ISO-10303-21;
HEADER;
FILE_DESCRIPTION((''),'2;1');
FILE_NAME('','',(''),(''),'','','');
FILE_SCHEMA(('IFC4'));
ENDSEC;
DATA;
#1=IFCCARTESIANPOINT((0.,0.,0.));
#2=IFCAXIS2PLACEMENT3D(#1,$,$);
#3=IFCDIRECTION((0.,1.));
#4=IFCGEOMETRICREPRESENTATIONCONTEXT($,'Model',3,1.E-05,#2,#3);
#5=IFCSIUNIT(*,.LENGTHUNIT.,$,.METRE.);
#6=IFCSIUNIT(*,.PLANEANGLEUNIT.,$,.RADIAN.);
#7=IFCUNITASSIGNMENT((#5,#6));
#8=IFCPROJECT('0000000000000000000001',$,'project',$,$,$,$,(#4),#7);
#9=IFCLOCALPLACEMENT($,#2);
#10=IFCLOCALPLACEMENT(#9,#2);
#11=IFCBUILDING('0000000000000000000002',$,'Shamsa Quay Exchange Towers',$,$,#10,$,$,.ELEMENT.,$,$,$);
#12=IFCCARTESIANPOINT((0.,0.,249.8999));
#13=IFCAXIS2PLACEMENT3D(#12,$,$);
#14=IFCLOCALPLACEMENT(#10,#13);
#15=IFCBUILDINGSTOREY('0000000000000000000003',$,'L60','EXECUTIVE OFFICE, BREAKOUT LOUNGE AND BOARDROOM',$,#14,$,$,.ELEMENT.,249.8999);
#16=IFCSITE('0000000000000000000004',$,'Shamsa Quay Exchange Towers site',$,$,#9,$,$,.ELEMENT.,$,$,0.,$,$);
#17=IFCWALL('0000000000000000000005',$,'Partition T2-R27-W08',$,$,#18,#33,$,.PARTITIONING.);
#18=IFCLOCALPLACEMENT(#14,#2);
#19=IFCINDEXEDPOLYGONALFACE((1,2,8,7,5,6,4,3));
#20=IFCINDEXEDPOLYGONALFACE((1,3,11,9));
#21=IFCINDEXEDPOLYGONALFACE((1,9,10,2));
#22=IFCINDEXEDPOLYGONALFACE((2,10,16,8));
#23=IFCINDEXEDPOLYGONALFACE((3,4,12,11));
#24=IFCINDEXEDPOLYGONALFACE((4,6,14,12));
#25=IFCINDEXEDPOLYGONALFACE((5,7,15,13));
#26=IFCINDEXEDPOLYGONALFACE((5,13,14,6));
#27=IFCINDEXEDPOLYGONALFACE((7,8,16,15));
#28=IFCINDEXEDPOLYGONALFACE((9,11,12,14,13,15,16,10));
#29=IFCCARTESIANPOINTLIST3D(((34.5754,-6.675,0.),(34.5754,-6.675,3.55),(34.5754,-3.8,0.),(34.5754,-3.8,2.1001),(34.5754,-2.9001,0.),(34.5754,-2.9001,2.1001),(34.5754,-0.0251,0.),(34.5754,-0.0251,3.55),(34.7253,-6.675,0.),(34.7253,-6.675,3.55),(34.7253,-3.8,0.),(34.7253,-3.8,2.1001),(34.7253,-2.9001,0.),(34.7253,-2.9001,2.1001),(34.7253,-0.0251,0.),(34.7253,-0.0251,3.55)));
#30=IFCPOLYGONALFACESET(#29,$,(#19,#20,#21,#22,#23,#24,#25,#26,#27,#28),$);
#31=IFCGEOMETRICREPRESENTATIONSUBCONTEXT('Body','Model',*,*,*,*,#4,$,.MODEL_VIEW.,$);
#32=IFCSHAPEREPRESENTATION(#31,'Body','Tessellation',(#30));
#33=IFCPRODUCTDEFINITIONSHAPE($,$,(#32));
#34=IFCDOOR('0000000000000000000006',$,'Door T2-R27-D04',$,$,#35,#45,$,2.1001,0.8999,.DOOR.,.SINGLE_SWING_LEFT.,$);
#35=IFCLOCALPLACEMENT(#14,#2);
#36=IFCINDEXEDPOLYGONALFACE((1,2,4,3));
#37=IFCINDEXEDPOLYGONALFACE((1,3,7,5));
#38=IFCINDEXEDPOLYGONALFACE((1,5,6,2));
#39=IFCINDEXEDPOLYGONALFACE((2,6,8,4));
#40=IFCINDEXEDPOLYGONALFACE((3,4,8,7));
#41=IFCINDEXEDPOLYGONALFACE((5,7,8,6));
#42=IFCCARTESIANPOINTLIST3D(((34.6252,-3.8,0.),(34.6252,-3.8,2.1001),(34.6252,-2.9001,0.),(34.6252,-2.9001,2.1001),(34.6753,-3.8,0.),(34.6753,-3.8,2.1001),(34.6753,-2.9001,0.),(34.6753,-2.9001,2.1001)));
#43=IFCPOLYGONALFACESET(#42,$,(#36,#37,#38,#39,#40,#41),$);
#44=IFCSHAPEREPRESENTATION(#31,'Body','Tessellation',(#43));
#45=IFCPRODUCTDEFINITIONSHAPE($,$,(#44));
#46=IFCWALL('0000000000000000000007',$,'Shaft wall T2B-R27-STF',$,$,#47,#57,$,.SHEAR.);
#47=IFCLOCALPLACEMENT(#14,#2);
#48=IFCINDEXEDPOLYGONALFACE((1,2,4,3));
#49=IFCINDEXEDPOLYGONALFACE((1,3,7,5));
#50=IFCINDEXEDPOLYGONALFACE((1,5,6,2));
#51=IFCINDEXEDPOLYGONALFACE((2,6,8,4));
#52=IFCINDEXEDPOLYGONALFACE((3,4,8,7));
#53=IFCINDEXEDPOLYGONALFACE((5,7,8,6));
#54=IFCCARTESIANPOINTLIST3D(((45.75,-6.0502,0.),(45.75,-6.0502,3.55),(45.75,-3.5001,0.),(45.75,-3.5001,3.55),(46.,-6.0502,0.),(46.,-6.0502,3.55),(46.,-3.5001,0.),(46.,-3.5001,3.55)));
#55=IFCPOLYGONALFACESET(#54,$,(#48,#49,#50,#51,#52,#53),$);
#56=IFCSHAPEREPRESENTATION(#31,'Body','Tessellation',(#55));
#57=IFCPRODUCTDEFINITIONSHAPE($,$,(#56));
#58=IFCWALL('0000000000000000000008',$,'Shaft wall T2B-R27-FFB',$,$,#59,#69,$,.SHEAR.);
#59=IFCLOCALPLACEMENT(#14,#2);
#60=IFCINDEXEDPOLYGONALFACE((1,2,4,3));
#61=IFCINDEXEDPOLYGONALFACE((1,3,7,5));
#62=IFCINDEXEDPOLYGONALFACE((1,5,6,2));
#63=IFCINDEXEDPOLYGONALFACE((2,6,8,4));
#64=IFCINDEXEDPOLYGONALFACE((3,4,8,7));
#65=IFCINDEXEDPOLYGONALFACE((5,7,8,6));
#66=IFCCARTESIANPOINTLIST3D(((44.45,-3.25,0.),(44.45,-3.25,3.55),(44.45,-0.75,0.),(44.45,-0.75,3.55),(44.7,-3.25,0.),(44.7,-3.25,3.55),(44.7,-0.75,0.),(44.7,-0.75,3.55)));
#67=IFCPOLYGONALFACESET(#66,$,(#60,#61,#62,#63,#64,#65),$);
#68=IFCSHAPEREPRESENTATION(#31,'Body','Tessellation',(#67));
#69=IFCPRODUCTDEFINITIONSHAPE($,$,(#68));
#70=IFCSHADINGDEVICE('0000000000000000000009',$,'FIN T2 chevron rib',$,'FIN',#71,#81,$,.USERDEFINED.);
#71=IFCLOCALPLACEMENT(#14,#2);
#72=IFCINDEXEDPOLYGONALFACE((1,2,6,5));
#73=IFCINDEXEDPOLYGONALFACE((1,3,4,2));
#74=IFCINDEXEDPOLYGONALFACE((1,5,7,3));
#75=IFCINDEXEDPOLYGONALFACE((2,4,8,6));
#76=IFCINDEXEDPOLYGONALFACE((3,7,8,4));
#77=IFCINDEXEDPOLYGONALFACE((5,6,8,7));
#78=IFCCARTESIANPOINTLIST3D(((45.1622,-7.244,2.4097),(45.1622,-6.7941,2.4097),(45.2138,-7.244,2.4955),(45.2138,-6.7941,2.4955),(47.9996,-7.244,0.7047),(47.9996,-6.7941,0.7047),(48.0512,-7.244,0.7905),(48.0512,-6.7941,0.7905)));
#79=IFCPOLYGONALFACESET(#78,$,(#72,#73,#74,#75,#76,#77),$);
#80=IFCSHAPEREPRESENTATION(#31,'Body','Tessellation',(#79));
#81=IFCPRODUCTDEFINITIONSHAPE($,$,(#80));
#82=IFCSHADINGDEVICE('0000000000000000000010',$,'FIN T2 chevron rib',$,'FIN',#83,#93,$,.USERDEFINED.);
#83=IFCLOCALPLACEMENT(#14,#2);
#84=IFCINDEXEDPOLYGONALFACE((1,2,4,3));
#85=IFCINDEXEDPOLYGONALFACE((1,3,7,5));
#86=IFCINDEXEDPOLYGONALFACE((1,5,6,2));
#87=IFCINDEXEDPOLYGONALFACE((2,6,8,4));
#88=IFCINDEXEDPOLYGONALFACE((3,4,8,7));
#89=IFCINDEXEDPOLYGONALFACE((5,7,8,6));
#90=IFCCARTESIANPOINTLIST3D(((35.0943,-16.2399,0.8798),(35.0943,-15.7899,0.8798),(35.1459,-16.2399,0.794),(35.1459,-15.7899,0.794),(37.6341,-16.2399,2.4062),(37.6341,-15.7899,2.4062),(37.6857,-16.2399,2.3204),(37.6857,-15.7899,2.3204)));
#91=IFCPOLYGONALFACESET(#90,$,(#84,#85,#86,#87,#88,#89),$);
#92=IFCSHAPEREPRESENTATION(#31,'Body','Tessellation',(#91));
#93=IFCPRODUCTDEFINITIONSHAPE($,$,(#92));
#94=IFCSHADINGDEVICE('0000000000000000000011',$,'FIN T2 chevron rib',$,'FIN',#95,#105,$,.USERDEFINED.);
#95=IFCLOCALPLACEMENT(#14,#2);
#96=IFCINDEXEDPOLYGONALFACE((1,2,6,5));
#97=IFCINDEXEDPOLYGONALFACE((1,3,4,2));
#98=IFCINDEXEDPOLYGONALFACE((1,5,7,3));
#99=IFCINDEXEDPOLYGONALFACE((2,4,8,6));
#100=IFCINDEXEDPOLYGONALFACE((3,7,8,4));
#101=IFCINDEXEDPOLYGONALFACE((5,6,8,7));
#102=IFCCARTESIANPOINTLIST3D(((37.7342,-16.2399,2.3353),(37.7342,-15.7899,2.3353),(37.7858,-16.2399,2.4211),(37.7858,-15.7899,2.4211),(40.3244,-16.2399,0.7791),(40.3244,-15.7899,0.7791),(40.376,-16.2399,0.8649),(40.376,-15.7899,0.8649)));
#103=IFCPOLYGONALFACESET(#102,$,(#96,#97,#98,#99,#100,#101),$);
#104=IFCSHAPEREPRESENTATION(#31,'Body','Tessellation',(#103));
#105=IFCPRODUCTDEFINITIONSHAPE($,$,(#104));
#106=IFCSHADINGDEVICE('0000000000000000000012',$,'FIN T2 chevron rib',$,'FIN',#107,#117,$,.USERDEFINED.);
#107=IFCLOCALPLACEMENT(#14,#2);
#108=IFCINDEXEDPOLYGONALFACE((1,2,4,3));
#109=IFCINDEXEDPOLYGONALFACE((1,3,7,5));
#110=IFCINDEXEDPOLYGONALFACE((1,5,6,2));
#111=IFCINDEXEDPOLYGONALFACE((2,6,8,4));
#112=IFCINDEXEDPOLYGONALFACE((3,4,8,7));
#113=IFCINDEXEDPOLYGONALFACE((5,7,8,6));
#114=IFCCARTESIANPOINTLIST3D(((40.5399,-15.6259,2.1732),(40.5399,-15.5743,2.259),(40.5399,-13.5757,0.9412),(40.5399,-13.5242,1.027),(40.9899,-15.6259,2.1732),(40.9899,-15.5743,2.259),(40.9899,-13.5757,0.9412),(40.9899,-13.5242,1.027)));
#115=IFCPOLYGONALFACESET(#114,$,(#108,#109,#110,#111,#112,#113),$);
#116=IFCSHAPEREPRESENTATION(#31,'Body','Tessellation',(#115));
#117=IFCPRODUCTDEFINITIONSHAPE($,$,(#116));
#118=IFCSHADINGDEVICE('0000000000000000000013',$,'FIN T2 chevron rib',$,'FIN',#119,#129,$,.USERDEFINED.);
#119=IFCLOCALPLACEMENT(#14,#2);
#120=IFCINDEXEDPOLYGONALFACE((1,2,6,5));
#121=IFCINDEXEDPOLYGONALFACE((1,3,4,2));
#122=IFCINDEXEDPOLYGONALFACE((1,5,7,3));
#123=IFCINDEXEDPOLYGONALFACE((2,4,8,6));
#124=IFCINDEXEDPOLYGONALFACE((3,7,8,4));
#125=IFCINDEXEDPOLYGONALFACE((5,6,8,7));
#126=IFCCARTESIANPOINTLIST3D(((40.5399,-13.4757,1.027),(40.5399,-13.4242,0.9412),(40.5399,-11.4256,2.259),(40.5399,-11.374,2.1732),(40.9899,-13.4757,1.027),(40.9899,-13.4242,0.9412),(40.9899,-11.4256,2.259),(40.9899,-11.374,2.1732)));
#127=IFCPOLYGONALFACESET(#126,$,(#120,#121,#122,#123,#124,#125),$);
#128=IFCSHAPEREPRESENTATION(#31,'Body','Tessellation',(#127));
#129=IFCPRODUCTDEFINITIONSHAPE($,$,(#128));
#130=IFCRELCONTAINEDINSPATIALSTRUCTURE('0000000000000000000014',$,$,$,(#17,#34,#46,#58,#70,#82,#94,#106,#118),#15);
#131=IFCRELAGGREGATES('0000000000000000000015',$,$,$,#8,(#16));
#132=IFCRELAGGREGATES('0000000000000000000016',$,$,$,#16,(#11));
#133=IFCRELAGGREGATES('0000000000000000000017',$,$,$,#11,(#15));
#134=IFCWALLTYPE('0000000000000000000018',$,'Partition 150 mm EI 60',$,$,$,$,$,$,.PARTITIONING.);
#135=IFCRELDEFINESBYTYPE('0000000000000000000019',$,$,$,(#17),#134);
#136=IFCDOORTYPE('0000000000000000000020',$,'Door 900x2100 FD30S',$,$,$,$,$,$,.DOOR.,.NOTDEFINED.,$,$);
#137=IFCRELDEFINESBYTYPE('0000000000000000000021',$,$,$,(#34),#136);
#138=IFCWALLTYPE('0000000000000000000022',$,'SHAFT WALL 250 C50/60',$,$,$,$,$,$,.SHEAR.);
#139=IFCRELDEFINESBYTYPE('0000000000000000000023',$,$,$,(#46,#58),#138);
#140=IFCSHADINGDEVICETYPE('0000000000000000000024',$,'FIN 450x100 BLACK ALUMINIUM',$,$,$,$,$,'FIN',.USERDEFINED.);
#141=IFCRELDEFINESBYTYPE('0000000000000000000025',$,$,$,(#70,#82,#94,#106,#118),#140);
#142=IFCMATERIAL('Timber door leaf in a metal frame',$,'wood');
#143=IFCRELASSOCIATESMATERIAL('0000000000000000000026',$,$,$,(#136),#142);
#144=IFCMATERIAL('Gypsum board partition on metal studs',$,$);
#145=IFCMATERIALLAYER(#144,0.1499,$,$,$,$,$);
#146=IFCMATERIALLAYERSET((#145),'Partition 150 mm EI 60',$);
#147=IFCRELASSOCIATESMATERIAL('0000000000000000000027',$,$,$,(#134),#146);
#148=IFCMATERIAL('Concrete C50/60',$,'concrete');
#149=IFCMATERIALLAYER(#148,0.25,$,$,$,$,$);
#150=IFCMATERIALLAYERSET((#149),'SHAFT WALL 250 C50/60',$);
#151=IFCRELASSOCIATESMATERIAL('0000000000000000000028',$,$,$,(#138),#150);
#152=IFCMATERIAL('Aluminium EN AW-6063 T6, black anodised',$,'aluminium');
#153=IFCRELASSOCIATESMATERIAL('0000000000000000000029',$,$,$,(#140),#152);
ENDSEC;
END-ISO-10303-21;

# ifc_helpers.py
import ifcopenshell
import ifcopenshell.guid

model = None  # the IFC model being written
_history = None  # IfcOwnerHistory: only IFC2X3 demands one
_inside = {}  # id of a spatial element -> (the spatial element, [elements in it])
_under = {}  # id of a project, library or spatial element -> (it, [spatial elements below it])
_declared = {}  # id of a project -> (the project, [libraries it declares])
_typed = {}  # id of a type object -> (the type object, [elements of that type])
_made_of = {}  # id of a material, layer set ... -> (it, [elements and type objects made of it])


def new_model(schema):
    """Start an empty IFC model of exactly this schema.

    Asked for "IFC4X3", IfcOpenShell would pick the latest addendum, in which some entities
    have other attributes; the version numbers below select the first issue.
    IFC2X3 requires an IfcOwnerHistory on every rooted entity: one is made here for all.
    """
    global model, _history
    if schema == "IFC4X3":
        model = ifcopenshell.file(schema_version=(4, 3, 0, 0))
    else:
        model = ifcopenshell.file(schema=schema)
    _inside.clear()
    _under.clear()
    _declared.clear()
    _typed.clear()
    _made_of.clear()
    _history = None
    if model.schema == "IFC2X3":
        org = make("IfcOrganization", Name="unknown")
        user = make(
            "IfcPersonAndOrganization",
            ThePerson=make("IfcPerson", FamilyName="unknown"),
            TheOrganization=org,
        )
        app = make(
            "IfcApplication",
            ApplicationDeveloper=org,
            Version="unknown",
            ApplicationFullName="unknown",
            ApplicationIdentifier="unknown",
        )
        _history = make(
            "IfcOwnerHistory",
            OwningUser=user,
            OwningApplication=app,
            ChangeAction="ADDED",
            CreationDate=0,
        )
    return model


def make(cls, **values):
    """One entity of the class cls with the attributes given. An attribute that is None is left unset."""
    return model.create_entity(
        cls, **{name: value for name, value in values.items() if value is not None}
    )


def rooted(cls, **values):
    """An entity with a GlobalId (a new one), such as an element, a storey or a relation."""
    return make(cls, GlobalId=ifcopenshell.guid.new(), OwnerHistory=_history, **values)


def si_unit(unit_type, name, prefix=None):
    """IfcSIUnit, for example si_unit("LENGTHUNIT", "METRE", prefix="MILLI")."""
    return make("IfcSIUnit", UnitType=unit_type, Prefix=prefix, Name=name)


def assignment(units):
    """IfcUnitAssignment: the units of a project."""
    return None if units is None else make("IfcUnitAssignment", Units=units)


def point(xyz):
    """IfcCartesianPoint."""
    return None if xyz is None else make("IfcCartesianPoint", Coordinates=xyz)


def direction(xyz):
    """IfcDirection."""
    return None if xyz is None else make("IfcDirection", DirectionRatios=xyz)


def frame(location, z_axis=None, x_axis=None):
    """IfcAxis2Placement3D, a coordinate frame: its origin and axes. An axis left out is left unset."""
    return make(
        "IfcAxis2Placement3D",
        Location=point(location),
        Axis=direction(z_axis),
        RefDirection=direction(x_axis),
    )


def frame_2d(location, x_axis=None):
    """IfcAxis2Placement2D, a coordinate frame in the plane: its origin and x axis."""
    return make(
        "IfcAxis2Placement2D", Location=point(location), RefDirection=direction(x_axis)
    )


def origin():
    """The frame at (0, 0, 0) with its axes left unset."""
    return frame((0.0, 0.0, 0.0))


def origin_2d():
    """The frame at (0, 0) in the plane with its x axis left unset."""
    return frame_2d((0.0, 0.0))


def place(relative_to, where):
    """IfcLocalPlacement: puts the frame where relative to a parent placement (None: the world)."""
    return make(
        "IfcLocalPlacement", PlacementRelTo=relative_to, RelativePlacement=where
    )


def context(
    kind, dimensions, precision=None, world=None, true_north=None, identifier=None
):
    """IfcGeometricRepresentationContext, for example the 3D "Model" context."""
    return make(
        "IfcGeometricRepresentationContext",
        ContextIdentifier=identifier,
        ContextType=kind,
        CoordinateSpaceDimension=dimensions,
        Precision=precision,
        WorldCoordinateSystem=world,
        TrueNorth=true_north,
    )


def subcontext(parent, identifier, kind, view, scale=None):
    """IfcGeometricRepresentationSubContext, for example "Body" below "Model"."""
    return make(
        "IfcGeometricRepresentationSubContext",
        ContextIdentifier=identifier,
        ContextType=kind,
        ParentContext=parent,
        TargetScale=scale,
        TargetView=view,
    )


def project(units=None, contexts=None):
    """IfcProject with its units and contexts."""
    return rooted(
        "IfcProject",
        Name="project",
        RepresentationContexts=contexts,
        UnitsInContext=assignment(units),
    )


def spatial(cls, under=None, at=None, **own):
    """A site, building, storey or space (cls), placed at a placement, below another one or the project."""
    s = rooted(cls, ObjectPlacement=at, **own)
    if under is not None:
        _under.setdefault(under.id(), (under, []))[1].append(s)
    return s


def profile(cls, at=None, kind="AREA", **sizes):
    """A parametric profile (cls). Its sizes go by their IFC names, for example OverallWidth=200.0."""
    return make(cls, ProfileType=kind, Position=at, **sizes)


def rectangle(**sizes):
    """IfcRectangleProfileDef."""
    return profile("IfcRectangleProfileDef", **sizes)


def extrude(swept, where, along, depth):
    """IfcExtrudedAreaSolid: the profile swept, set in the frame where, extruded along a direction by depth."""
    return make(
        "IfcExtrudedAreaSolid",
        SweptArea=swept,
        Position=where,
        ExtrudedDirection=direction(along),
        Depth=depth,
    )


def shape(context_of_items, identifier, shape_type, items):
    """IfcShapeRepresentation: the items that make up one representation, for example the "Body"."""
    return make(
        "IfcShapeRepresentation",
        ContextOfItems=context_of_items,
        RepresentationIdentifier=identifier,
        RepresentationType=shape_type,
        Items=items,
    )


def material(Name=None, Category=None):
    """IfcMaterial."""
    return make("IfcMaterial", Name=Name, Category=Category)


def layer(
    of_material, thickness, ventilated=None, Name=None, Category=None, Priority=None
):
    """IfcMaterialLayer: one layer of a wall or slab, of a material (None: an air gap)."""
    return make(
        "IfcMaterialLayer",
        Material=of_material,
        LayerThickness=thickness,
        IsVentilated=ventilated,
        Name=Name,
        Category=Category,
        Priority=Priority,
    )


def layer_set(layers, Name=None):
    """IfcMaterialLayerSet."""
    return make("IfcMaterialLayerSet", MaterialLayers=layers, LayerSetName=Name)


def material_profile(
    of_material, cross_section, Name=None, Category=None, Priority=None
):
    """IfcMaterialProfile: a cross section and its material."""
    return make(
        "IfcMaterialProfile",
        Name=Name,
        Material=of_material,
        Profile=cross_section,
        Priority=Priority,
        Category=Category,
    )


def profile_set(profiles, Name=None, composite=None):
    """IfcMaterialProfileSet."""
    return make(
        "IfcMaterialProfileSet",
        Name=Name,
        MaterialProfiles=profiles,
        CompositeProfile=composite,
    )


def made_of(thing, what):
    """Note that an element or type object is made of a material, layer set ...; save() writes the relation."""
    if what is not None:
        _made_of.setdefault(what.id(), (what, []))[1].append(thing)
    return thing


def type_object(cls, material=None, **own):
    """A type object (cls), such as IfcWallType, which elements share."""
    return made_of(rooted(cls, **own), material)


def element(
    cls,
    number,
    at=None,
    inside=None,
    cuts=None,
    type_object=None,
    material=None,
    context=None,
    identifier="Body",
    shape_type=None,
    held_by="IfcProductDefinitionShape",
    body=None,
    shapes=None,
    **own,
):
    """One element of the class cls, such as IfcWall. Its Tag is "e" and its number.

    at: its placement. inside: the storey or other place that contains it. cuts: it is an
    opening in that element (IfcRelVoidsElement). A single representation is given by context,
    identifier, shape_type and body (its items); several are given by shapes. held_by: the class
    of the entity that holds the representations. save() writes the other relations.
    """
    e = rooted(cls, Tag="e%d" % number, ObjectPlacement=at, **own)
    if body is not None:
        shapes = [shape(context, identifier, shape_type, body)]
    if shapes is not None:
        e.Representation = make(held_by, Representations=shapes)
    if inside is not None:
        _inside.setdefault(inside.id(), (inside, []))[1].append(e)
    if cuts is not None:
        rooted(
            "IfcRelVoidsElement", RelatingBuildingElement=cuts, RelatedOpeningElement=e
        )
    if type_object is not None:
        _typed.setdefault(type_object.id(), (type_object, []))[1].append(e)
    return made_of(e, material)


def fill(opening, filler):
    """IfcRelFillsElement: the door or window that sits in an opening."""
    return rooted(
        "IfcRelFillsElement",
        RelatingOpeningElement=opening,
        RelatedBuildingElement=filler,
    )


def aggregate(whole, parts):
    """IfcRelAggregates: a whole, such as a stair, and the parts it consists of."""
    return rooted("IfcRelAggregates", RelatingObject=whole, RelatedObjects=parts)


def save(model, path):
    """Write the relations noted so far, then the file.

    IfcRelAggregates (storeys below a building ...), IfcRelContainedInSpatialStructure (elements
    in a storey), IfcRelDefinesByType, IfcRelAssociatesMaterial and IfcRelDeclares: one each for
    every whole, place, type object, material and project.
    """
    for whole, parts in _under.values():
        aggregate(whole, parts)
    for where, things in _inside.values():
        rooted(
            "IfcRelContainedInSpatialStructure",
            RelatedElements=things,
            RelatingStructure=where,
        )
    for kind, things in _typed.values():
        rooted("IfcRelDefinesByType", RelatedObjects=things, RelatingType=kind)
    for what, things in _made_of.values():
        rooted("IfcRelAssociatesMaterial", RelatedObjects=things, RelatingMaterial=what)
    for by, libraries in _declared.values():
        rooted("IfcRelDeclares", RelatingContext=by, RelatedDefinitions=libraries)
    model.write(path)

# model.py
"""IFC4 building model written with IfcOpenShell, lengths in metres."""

from ifc_helpers import new_model, si_unit, direction, frame, frame_2d, origin, origin_2d, place, context, subcontext, project, spatial, rectangle, extrude, material, layer, layer_set, material_profile, profile_set, type_object, element, fill, save


model = new_model("IFC4")

# Units and contexts
model_context = context("Model", 3, precision=1e-05, world=origin(), true_north=direction((0.0, 1.0)))
body_context = subcontext(model_context, "Body", "Model", "MODEL_VIEW")
ifc_project = project(units=[si_unit("LENGTHUNIT", "METRE"), si_unit("PLANEANGLEUNIT", "RADIAN")], contexts=[model_context])

# Site, building, storey
site_placement = place(None, origin())
site = spatial("IfcSite", under=ifc_project, at=site_placement, Name="Shamsa Quay Exchange Towers site", CompositionType="ELEMENT", RefElevation=0.0)
building_placement = place(site_placement, origin())
building = spatial("IfcBuilding", under=site, at=building_placement, Name="Shamsa Quay Exchange Towers", CompositionType="ELEMENT")
storey_placement = place(building_placement, frame((0.0, 0.0, 249.8999)))
storey = spatial("IfcBuildingStorey", under=building, at=storey_placement, Name="L60", Description="EXECUTIVE OFFICE, BREAKOUT LOUNGE AND BOARDROOM", CompositionType="ELEMENT", Elevation=249.8999)

# Shared definitions
ifc_material_1 = material(Name="Aluminium EN AW-6063 T6, black anodised", Category="aluminium")

# Shared definitions
ifc_material_2 = material(Name="Timber door leaf in a metal frame", Category="wood")

# Wall, opening, door
door_type_1 = type_object("IfcDoorType", Name="Door 900x2100 FD30S", OperationType="NOTDEFINED", PredefinedType="DOOR", material=ifc_material_2)
ifc_material_3 = material(Name="Gypsum board partition on metal studs")
ifc_layer_1 = layer(ifc_material_3, 0.1499)
ifc_layer_set_1 = layer_set([ifc_layer_1], Name="Partition 150 mm EI 60")
wall_type_1 = type_object("IfcWallType", Name="Partition 150 mm EI 60", PredefinedType="PARTITIONING", material=ifc_layer_set_1)
wall_1_placement = place(storey_placement, frame((34.6504, -0.0251, 0.0), z_axis=(0.0, 0.0, 1.0), x_axis=(0.0, -1.0, 0.0)))
wall_1 = element("IfcWall", 1, at=wall_1_placement, inside=storey, type_object=wall_type_1, Name="Partition T2-R27-W08", PredefinedType="PARTITIONING", context=body_context, shape_type="SweptSolid", body=[
    extrude(rectangle(XDim=6.6499, YDim=0.1499, at=frame_2d((3.325, 0.0))), origin(), (0.0, 0.0, 1.0), 3.55),
])
opening_1_placement = place(wall_1_placement, frame((2.875, 0.0, 0.0)))
opening_1 = element("IfcOpeningElement", 2, at=opening_1_placement, cuts=wall_1, PredefinedType="OPENING", context=body_context, shape_type="SweptSolid", body=[
    extrude(rectangle(XDim=0.8999, YDim=2.1001, at=frame_2d((0.45, 1.05))), frame((0.0, 0.085, 0.0), z_axis=(0.0, -1.0, 0.0), x_axis=(1.0, 0.0, 0.0)), (0.0, 0.0, 1.0), 0.1699),
])
door_1_placement = place(opening_1_placement, origin())
door_1 = element("IfcDoor", 3, at=door_1_placement, inside=storey, type_object=door_type_1, Name="Door T2-R27-D04", OperationType="SINGLE_SWING_LEFT", OverallHeight=2.1001, OverallWidth=0.8999, PredefinedType="DOOR", context=body_context, shape_type="SweptSolid", body=[
    extrude(rectangle(XDim=0.8999, YDim=2.1001, at=frame_2d((0.45, 1.05))), frame((0.0, 0.0249, 0.0), z_axis=(0.0, -1.0, 0.0), x_axis=(1.0, 0.0, 0.0)), (0.0, 0.0, 1.0), 0.05),
])
fill(opening_1, door_1)

# Wall
ifc_material_4 = material(Name="Concrete C50/60", Category="concrete")
ifc_layer_2 = layer(ifc_material_4, 0.25)
ifc_layer_set_2 = layer_set([ifc_layer_2], Name="SHAFT WALL 250 C50/60")
wall_type_2 = type_object("IfcWallType", Name="SHAFT WALL 250 C50/60", PredefinedType="SHEAR", material=ifc_layer_set_2)
wall_2_placement = place(storey_placement, frame((45.875, -6.05, 0.0), z_axis=(0.0, 0.0, 1.0), x_axis=(0.0, 1.0, 0.0)))
element("IfcWall", 4, at=wall_2_placement, inside=storey, type_object=wall_type_2, Name="Shaft wall T2B-R27-STF", PredefinedType="SHEAR", context=body_context, shape_type="SweptSolid", body=[
    extrude(rectangle(XDim=2.55, YDim=0.25, at=frame_2d((1.2749, 0.0))), origin(), (0.0, 0.0, 1.0), 3.55),
])

# Wall
wall_3_placement = place(storey_placement, frame((44.575, -3.25, 0.0), z_axis=(0.0, 0.0, 1.0), x_axis=(0.0, 1.0, 0.0)))
element("IfcWall", 5, at=wall_3_placement, inside=storey, type_object=wall_type_2, Name="Shaft wall T2B-R27-FFB", PredefinedType="SHEAR", context=body_context, shape_type="SweptSolid", body=[
    extrude(rectangle(XDim=2.5, YDim=0.25, at=frame_2d((1.25, 0.0))), origin(), (0.0, 0.0, 1.0), 3.55),
])

# Shading devices
ifc_material_profile_1 = material_profile(ifc_material_1, rectangle(XDim=0.45, YDim=0.1001, at=origin_2d()), Name="FIN450x100")
ifc_profile_set_1 = profile_set([ifc_material_profile_1], Name="Aluminium EN AW-6063 T6, black anodised")
shading_device_type = type_object("IfcShadingDeviceType", Name="FIN 450x100 BLACK ALUMINIUM", ElementType="FIN", PredefinedType="USERDEFINED", material=ifc_profile_set_1)
shading_device_1_placement = place(storey_placement, frame((45.188, -7.019, 2.4526), z_axis=(0.857141, 0.0, -0.515081), x_axis=(0.0, 1.0, 0.0)))
element("IfcShadingDevice", 6, at=shading_device_1_placement, inside=storey, type_object=shading_device_type, Name="FIN T2 chevron rib", ObjectType="FIN", PredefinedType="USERDEFINED", context=body_context, shape_type="SweptSolid", body=[
    extrude(rectangle(XDim=0.45, YDim=0.1001, at=origin_2d()), origin(), (0.0, 0.0, 1.0), 3.3103),
])
shading_device_2_placement = place(storey_placement, frame((35.1201, -16.0149, 0.8369), z_axis=(0.857122, 0.0, 0.515114), x_axis=(0.0, 1.0, 0.0)))
element("IfcShadingDevice", 7, at=shading_device_2_placement, inside=storey, type_object=shading_device_type, Name="FIN T2 chevron rib", ObjectType="FIN", PredefinedType="USERDEFINED", context=body_context, shape_type="SweptSolid", body=[
    extrude(rectangle(XDim=0.45, YDim=0.1001, at=origin_2d()), origin(), (0.0, 0.0, 1.0), 2.9631),
])
shading_device_3_placement = place(storey_placement, frame((37.76, -16.0149, 2.3782), z_axis=(0.857186, 0.0, -0.515007), x_axis=(0.0, 1.0, 0.0)))
element("IfcShadingDevice", 8, at=shading_device_3_placement, inside=storey, type_object=shading_device_type, Name="FIN T2 chevron rib", ObjectType="FIN", PredefinedType="USERDEFINED", context=body_context, shape_type="SweptSolid", body=[
    extrude(rectangle(XDim=0.45, YDim=0.1001, at=origin_2d()), origin(), (0.0, 0.0, 1.0), 3.0217),
])
for number, where, z_axis, x_axis, name in (
    (9, (40.7649, -15.6001, 2.2161), (0.0, 0.857141, -0.515081), (-1.0, 0.0, 0.0), "FIN T2 chevron rib"),
    (10, (40.7649, -13.45, 0.9841), (0.0, 0.857141, 0.515081), (-1.0, 0.0, 0.0), "FIN T2 chevron rib"),
):
    element("IfcShadingDevice", number, at=place(storey_placement, frame(where, z_axis=z_axis, x_axis=x_axis)), inside=storey, type_object=shading_device_type, Name=name, ObjectType="FIN", PredefinedType="USERDEFINED", context=body_context, shape_type="SweptSolid", body=[
        extrude(rectangle(XDim=0.45, YDim=0.1001, at=origin_2d()), origin(), (0.0, 0.0, 1.0), 2.3918),
    ])

save(model, "model.ifc")
